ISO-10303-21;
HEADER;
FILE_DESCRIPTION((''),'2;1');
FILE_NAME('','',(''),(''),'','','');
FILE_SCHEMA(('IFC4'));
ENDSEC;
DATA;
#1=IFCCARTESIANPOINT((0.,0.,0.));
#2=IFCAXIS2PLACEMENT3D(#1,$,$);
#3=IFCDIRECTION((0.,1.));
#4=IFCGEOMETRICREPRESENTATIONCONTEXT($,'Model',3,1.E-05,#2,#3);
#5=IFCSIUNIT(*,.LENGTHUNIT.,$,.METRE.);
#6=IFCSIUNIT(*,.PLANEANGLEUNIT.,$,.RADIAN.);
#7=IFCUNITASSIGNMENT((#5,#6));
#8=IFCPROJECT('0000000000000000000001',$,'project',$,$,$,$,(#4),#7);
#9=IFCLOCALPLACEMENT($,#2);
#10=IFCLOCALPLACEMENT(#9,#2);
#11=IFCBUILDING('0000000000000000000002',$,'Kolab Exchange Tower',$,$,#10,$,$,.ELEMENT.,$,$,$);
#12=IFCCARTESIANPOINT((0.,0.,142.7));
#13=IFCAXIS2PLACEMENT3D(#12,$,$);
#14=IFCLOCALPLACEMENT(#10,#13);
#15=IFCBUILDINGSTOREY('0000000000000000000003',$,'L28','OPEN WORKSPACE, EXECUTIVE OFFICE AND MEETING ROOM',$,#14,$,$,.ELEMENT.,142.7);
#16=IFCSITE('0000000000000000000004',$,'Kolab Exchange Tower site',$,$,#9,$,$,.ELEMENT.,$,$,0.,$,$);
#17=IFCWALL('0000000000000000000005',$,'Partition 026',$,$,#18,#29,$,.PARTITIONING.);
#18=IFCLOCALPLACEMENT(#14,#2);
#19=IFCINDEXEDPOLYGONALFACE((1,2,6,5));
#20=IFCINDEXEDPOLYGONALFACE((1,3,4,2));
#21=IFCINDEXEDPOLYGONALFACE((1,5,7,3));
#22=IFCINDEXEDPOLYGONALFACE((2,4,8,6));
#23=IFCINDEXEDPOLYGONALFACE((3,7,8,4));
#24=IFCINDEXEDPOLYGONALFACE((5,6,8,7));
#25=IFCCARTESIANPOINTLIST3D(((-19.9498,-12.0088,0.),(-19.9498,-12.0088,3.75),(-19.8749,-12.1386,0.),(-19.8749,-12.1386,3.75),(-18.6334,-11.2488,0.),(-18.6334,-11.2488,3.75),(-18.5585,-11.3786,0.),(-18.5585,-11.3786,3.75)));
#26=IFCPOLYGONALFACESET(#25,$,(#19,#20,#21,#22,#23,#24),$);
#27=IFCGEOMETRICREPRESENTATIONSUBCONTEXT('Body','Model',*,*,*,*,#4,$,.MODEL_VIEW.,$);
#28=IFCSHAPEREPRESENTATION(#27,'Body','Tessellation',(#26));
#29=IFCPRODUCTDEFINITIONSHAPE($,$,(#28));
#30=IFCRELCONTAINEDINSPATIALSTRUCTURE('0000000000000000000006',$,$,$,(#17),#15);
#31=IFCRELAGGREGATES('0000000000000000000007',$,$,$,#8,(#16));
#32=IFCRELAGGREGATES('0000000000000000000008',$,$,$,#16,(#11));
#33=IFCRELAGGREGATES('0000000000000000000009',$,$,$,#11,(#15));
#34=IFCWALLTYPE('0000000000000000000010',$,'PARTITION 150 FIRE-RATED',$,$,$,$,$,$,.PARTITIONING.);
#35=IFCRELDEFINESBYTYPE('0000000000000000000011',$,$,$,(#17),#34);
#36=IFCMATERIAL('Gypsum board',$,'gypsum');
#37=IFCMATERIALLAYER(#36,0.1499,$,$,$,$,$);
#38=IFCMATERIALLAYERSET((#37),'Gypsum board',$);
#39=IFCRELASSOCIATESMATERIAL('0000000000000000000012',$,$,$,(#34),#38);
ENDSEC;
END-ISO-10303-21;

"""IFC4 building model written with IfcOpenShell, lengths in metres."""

from ifc_helpers import new_model, si_unit, direction, frame, frame_2d, origin, place, context, subcontext, project, spatial, rectangle, extrude, material, layer, layer_set, type_object, element, save


model = new_model("IFC4")

# Units and contexts
model_context = context("Model", 3, precision=1e-05, world=origin(), true_north=direction((0.0, 1.0)))
body_context = subcontext(model_context, "Body", "Model", "MODEL_VIEW")
ifc_project = project(units=[si_unit("LENGTHUNIT", "METRE"), si_unit("PLANEANGLEUNIT", "RADIAN")], contexts=[model_context])

# Site, building, storey
site_placement = place(None, origin())
site = spatial("IfcSite", under=ifc_project, at=site_placement, Name="Kolab Exchange Tower site", CompositionType="ELEMENT", RefElevation=0.0)
building_placement = place(site_placement, origin())
building = spatial("IfcBuilding", under=site, at=building_placement, Name="Kolab Exchange Tower", CompositionType="ELEMENT")
storey_placement = place(building_placement, frame((0.0, 0.0, 142.7)))
storey = spatial("IfcBuildingStorey", under=building, at=storey_placement, Name="L28", Description="OPEN WORKSPACE, EXECUTIVE OFFICE AND MEETING ROOM", CompositionType="ELEMENT", Elevation=142.7)

# Shared definitions
ifc_material_1 = material(Name="Gypsum board", Category="gypsum")

# Shared definitions
ifc_layer_1 = layer(ifc_material_1, 0.1499)
ifc_layer_set_1 = layer_set([ifc_layer_1], Name="Gypsum board")
wall_type_1 = type_object("IfcWallType", Name="PARTITION 150 FIRE-RATED", PredefinedType="PARTITIONING", material=ifc_layer_set_1)

# Wall
wall_1_placement = place(storey_placement, frame((-19.9124, -12.0737, 0.0), z_axis=(0.0, 0.0, 1.0), x_axis=(0.86603, 0.499991, 0.0)))
element("IfcWall", 1, at=wall_1_placement, inside=storey, type_object=wall_type_1, Name="Partition 026", PredefinedType="PARTITIONING", context=body_context, shape_type="SweptSolid", body=[
    extrude(rectangle(XDim=1.52, YDim=0.1499, at=frame_2d((0.76, 0.0))), origin(), (0.0, 0.0, 1.0), 3.75),
])

save(model, "model.ifc")
